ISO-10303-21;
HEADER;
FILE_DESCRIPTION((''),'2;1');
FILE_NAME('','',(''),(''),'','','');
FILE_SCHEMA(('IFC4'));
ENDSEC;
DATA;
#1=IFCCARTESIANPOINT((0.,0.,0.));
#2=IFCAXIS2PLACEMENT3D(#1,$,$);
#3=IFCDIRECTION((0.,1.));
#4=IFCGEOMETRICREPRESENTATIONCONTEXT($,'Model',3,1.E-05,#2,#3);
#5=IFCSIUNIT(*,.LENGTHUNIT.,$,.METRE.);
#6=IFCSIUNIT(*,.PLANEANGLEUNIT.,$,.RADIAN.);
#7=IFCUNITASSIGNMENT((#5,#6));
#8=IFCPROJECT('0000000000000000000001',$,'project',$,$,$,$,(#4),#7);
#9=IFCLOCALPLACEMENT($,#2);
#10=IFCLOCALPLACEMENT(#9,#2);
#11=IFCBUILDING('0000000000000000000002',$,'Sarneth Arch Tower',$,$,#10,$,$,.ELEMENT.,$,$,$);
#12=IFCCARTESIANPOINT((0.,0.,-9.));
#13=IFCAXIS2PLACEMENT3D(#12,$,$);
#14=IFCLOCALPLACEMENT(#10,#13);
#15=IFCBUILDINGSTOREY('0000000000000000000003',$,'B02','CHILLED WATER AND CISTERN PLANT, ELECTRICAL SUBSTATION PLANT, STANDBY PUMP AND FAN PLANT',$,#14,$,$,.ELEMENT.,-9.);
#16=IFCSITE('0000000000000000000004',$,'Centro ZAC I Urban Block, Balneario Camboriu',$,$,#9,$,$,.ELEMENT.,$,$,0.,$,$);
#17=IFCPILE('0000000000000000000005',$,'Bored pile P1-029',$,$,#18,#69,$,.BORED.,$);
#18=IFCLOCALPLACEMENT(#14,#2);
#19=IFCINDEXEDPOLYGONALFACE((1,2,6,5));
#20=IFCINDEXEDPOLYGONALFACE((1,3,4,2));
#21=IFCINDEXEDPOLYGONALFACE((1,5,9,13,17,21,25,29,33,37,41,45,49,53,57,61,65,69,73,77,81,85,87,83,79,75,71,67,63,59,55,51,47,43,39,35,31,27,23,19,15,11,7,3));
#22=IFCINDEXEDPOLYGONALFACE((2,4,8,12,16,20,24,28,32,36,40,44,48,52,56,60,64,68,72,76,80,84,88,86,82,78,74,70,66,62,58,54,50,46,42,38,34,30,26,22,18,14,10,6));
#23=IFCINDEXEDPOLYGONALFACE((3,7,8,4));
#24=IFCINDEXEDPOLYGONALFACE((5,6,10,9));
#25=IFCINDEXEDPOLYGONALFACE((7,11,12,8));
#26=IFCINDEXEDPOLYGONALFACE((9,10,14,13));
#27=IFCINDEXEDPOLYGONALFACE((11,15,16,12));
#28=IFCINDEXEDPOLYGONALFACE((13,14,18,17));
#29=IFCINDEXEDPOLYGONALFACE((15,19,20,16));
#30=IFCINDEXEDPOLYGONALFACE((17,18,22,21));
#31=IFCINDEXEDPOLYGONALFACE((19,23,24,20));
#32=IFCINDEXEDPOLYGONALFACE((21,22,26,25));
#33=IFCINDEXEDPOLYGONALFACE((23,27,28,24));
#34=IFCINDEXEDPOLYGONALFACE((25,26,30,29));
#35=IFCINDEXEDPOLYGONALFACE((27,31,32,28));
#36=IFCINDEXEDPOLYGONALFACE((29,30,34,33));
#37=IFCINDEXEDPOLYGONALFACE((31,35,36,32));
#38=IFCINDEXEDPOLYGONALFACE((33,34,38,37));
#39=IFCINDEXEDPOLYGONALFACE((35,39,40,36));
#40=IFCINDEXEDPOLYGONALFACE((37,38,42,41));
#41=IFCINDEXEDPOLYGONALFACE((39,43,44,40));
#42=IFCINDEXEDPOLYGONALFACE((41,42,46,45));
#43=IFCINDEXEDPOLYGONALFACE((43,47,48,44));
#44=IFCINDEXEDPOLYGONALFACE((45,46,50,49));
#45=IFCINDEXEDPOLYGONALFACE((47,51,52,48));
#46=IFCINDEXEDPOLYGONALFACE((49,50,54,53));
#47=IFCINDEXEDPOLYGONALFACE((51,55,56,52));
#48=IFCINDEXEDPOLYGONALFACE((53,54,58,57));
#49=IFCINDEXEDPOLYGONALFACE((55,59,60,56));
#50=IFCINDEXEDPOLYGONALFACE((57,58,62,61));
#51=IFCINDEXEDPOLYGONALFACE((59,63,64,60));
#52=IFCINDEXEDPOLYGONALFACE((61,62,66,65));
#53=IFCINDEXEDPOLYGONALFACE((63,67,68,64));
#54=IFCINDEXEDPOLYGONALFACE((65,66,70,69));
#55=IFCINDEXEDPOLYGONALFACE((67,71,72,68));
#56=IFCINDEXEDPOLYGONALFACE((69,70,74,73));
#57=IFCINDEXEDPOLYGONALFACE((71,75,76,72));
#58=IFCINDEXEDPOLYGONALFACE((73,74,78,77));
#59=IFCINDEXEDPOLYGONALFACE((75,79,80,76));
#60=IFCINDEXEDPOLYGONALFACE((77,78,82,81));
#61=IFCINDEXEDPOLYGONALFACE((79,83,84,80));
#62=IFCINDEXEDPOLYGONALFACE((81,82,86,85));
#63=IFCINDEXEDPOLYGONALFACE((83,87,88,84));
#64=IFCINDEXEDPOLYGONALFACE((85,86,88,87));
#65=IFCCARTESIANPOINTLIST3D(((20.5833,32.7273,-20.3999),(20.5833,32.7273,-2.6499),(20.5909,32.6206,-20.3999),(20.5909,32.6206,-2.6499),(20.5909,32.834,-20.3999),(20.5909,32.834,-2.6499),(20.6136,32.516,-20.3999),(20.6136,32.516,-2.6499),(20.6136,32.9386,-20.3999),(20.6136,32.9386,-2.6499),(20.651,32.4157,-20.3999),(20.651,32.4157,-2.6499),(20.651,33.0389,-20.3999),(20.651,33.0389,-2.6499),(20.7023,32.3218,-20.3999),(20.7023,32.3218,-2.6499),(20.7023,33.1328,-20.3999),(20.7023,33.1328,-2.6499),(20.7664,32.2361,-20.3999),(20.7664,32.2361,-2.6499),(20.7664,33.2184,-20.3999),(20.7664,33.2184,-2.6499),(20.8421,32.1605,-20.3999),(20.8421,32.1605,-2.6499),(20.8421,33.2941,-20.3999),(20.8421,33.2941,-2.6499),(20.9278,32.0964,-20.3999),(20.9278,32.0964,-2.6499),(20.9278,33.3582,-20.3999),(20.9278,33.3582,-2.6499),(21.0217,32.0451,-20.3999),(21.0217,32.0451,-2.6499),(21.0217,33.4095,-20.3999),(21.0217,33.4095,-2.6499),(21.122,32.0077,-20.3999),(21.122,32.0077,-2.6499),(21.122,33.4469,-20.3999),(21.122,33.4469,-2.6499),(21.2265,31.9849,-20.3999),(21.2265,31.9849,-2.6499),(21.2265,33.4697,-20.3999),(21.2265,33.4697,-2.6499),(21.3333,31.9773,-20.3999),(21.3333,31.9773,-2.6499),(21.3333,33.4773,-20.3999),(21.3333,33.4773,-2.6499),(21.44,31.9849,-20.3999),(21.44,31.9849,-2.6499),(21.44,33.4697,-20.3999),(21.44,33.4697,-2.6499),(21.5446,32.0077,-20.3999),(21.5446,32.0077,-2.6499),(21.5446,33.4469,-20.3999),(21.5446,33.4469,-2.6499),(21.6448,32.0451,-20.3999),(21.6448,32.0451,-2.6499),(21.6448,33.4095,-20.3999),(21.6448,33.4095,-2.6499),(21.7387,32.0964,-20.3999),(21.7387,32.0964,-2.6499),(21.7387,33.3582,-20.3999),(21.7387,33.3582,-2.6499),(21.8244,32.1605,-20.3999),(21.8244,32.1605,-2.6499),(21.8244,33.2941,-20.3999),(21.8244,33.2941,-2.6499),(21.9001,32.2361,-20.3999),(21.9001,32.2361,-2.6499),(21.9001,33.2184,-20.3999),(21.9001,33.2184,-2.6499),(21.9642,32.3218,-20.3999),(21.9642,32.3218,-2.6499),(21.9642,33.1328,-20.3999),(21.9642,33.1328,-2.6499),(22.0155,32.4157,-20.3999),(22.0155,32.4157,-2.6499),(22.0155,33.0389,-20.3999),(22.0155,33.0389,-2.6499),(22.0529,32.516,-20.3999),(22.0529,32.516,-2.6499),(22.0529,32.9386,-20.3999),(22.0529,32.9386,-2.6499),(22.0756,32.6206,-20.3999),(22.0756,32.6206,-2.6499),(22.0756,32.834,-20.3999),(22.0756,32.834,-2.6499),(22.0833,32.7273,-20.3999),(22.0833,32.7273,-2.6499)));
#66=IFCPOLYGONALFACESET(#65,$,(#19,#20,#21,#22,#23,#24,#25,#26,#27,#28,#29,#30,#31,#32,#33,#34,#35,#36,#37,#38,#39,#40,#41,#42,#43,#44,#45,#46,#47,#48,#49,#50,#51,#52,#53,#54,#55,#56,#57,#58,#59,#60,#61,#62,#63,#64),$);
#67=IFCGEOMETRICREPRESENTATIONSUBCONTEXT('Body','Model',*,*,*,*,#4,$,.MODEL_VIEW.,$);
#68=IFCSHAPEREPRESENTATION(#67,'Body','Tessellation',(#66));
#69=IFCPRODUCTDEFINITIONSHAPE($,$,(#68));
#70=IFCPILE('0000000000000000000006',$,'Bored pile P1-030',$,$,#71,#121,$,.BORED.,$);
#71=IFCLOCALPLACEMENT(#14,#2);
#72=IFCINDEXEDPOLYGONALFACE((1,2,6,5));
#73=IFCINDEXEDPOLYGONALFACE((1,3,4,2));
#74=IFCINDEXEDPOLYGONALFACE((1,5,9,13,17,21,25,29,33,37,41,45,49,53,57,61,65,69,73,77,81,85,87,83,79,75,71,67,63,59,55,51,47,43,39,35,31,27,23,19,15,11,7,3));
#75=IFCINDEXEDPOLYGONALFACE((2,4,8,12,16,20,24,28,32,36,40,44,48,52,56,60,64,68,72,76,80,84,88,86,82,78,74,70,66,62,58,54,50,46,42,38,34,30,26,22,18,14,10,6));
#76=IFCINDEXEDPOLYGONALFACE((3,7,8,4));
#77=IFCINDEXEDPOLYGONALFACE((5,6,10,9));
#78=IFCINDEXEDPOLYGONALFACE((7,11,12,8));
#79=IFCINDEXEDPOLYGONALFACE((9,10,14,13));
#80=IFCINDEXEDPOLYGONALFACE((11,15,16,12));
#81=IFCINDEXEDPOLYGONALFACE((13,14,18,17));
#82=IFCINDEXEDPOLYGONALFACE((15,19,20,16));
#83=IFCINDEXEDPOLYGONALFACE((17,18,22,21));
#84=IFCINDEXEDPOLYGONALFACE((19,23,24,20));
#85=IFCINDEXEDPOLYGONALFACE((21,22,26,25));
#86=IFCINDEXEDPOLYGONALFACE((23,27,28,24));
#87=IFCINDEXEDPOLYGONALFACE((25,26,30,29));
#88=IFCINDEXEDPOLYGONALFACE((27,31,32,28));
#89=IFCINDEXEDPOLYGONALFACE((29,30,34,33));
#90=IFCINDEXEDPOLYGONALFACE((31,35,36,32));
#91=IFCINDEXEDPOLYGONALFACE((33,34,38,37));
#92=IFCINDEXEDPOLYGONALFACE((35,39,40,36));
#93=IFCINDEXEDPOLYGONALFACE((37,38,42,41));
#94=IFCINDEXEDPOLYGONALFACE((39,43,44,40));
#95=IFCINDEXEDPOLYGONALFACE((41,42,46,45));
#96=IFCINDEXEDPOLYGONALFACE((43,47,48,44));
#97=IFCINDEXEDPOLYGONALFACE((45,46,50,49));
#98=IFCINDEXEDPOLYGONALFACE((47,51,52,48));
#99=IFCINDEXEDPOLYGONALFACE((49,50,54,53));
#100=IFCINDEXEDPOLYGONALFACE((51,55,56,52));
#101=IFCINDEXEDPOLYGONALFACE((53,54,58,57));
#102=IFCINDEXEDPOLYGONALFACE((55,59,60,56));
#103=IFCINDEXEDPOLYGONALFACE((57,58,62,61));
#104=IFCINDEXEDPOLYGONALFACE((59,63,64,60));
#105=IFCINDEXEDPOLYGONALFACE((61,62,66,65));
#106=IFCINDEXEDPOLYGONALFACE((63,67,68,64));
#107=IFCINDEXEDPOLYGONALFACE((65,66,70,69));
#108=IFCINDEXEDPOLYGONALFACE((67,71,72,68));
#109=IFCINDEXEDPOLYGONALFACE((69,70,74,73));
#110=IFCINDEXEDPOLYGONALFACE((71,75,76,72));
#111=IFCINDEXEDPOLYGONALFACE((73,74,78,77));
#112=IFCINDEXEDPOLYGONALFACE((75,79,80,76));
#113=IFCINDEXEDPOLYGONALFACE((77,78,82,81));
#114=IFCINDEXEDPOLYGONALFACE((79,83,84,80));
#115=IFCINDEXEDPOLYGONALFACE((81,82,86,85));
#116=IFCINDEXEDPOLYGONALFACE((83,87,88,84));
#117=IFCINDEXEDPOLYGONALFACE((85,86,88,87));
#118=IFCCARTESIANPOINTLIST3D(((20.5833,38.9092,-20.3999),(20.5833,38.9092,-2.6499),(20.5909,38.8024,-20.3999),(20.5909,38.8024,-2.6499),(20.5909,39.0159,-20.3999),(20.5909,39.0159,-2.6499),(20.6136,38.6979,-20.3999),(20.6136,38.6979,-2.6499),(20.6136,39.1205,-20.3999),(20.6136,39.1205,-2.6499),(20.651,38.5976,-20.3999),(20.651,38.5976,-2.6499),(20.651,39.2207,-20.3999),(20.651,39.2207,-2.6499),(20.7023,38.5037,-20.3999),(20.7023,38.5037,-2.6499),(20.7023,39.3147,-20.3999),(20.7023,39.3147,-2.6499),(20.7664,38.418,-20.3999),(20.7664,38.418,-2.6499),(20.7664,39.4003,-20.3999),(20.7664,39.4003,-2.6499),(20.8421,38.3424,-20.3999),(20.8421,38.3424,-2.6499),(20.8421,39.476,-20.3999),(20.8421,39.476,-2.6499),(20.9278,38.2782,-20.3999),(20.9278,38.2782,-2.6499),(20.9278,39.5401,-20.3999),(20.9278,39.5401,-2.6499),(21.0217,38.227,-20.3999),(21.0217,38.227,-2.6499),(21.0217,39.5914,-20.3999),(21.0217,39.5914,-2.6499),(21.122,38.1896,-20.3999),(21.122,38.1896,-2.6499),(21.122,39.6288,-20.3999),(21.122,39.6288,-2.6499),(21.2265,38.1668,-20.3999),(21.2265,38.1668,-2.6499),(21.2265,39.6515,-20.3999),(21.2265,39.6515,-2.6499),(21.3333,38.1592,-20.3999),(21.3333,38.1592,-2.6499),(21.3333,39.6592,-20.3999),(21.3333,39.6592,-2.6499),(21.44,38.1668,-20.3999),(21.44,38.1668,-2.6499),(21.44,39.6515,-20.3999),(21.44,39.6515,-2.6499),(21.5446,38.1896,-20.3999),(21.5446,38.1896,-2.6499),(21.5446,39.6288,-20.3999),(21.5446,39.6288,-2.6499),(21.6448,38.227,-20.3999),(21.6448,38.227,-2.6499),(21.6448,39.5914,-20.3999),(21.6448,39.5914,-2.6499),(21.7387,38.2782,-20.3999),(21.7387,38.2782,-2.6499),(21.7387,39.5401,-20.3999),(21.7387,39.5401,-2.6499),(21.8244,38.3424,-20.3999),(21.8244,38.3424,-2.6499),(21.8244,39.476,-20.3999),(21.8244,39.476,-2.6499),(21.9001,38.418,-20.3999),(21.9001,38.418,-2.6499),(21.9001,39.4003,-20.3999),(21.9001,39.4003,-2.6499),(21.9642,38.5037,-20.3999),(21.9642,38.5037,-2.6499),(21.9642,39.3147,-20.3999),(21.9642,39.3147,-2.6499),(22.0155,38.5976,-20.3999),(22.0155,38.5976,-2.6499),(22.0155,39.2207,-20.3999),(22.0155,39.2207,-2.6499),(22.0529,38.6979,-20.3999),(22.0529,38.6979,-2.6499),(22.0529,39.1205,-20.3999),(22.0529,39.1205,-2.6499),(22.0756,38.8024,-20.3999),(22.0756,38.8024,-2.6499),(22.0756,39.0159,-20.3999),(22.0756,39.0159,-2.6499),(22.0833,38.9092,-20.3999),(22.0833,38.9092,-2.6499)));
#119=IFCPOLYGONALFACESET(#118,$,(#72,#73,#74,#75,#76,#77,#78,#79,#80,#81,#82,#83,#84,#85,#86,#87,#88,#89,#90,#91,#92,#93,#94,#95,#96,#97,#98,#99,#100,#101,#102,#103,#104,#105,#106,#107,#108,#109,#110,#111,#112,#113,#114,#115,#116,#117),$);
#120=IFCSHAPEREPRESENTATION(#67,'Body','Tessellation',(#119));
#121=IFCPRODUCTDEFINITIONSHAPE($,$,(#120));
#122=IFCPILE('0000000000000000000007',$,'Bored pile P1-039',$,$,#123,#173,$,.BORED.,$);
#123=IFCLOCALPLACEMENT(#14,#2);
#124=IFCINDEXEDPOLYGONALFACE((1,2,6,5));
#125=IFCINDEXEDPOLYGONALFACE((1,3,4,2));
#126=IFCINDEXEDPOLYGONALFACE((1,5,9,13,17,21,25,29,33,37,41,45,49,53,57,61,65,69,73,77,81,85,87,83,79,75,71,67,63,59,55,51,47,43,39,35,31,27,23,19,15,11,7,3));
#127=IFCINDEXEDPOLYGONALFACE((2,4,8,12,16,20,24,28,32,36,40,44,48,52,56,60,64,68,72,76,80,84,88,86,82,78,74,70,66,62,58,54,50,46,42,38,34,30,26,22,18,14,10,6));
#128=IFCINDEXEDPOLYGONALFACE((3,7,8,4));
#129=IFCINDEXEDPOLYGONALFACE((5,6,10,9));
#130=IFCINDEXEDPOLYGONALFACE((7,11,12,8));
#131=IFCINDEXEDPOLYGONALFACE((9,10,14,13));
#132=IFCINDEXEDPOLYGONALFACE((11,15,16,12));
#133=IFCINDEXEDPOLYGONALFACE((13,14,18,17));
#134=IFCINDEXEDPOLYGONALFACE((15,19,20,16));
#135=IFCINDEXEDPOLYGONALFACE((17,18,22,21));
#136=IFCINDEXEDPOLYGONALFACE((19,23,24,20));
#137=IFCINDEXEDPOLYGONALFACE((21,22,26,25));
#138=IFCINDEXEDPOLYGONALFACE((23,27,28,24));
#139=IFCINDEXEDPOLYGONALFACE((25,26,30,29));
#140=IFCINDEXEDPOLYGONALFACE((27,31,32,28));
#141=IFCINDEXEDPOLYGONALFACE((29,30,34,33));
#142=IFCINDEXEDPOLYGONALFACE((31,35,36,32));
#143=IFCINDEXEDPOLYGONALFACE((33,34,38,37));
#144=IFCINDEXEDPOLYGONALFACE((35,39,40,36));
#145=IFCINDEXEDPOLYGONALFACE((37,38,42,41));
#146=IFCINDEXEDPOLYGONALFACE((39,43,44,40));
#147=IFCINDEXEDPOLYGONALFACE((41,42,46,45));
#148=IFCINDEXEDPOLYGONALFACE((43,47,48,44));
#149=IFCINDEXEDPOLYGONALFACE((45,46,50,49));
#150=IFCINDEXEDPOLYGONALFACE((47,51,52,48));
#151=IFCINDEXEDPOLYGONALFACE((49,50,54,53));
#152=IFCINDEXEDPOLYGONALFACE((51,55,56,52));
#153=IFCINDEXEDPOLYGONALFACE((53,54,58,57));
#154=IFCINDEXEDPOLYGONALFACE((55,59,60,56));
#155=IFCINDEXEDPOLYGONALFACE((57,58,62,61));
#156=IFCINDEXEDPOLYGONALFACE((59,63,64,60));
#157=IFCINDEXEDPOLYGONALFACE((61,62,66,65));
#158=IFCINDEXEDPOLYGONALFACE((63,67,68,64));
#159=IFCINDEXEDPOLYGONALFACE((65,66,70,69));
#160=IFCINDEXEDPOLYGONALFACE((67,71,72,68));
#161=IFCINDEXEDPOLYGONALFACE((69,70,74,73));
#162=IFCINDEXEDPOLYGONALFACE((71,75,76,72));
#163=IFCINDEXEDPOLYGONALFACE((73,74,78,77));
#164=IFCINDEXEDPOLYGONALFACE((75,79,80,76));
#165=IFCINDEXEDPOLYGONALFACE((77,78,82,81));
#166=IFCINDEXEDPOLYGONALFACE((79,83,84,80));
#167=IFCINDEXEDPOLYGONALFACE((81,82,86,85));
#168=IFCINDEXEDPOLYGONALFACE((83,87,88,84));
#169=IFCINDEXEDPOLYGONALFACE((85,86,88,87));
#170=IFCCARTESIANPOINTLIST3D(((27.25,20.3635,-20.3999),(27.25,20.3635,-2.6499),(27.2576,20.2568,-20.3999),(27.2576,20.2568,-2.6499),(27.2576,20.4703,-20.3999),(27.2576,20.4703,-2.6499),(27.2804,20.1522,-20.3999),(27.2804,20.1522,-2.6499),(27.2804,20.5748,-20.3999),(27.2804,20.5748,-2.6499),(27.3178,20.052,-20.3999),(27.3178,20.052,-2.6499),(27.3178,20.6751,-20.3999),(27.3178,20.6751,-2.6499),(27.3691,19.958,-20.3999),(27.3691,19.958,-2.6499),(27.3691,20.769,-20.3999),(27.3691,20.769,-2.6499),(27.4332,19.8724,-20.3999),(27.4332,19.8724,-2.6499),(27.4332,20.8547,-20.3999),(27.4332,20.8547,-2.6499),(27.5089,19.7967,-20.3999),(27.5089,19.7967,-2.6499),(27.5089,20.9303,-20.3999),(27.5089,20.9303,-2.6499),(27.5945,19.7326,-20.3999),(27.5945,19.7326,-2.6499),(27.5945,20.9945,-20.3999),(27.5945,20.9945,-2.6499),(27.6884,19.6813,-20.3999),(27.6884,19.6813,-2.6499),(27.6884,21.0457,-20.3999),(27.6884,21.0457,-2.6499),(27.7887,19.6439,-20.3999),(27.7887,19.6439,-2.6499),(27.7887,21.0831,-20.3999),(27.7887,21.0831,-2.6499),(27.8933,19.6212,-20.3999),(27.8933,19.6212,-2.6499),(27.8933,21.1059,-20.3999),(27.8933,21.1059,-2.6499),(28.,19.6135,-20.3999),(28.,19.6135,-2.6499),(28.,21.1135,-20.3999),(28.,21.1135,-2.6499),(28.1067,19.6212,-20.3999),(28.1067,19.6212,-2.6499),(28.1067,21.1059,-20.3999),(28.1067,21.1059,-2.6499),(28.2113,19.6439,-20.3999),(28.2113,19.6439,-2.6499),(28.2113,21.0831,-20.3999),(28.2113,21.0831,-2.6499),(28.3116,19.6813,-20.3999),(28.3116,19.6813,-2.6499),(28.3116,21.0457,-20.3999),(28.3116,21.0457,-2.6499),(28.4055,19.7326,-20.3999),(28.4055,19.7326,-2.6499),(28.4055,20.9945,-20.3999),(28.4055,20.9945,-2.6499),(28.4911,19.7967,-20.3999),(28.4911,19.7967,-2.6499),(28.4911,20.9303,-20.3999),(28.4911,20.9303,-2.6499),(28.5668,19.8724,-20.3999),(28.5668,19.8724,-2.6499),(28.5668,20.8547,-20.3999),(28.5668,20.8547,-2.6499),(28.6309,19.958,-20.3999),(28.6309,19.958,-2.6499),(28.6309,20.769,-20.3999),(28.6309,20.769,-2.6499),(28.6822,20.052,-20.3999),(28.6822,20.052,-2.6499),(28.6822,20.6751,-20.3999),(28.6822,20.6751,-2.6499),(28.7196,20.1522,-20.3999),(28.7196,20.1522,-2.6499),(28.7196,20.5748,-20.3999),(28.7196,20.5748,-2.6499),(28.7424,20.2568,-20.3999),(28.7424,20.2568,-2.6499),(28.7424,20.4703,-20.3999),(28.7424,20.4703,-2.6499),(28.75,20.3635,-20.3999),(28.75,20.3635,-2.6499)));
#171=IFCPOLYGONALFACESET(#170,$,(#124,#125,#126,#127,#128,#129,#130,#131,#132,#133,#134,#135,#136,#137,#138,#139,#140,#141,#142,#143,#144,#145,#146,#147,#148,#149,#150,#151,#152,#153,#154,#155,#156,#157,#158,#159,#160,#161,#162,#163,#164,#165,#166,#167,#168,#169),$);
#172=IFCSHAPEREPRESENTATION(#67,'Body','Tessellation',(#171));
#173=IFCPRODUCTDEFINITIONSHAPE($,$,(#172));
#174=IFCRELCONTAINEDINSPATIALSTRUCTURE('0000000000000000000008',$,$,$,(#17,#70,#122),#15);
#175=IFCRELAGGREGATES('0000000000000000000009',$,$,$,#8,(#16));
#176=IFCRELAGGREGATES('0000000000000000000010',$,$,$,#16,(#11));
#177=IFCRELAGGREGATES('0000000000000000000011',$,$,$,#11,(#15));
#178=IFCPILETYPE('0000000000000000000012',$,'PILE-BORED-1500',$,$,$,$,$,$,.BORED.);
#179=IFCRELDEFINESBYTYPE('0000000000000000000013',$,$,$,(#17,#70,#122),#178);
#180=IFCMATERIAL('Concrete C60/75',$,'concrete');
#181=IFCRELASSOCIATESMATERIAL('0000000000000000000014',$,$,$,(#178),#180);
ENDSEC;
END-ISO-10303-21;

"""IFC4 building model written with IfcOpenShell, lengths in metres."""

from ifc_helpers import new_model, si_unit, direction, frame, origin, origin_2d, place, context, subcontext, project, spatial, circle, extrude, material, material_profile, profile_set, type_object, element, save


model = new_model("IFC4")

# Units and contexts
model_context = context("Model", 3, precision=1e-05, world=origin(), true_north=direction((0.0, 1.0)))
body_context = subcontext(model_context, "Body", "Model", "MODEL_VIEW")
ifc_project = project(units=[si_unit("LENGTHUNIT", "METRE"), si_unit("PLANEANGLEUNIT", "RADIAN")], contexts=[model_context])

# Site, building, storey
site_placement = place(None, origin())
site = spatial("IfcSite", under=ifc_project, at=site_placement, Name="Centro ZAC I Urban Block, Balneario Camboriu", CompositionType="ELEMENT", RefElevation=0.0)
building_placement = place(site_placement, origin())
building = spatial("IfcBuilding", under=site, at=building_placement, Name="Sarneth Arch Tower", CompositionType="ELEMENT")
storey_placement = place(building_placement, frame((0.0, 0.0, -9.0)))
storey = spatial("IfcBuildingStorey", under=building, at=storey_placement, Name="B02", Description="CHILLED WATER AND CISTERN PLANT, ELECTRICAL SUBSTATION PLANT, STANDBY PUMP AND FAN PLANT", CompositionType="ELEMENT", Elevation=-9.0)

# Piles
ifc_material_1 = material(Name="Concrete C60/75", Category="concrete")
ifc_material_profile_1 = material_profile(ifc_material_1, circle(Radius=0.75, at=origin_2d()), Name="PILE-D1500")
ifc_profile_set_1 = profile_set([ifc_material_profile_1], Name="Concrete C60/75")
pile_type_1 = type_object("IfcPileType", Name="PILE-BORED-1500", PredefinedType="BORED", material=ifc_profile_set_1)
for number, where, z_axis, x_axis, name in (
    (1, (21.3333, 32.7273, -2.6499), (0.0, 0.0, -1.0), (1.0, 0.0, 0.0), "Bored pile P1-029"),
    (2, (21.3333, 38.9092, -2.6499), (0.0, 0.0, -1.0), (1.0, 0.0, 0.0), "Bored pile P1-030"),
    (3, (28.0, 20.3635, -2.6499), (0.0, 0.0, -1.0), (1.0, 0.0, 0.0), "Bored pile P1-039"),
):
    element("IfcPile", number, at=place(storey_placement, frame(where, z_axis=z_axis, x_axis=x_axis)), inside=storey, type_object=pile_type_1, Name=name, PredefinedType="BORED", context=body_context, shape_type="SweptSolid", body=[
        extrude(circle(Radius=0.75, at=origin_2d()), origin(), (0.0, 0.0, 1.0), 17.75),
    ])

save(model, "model.ifc")
